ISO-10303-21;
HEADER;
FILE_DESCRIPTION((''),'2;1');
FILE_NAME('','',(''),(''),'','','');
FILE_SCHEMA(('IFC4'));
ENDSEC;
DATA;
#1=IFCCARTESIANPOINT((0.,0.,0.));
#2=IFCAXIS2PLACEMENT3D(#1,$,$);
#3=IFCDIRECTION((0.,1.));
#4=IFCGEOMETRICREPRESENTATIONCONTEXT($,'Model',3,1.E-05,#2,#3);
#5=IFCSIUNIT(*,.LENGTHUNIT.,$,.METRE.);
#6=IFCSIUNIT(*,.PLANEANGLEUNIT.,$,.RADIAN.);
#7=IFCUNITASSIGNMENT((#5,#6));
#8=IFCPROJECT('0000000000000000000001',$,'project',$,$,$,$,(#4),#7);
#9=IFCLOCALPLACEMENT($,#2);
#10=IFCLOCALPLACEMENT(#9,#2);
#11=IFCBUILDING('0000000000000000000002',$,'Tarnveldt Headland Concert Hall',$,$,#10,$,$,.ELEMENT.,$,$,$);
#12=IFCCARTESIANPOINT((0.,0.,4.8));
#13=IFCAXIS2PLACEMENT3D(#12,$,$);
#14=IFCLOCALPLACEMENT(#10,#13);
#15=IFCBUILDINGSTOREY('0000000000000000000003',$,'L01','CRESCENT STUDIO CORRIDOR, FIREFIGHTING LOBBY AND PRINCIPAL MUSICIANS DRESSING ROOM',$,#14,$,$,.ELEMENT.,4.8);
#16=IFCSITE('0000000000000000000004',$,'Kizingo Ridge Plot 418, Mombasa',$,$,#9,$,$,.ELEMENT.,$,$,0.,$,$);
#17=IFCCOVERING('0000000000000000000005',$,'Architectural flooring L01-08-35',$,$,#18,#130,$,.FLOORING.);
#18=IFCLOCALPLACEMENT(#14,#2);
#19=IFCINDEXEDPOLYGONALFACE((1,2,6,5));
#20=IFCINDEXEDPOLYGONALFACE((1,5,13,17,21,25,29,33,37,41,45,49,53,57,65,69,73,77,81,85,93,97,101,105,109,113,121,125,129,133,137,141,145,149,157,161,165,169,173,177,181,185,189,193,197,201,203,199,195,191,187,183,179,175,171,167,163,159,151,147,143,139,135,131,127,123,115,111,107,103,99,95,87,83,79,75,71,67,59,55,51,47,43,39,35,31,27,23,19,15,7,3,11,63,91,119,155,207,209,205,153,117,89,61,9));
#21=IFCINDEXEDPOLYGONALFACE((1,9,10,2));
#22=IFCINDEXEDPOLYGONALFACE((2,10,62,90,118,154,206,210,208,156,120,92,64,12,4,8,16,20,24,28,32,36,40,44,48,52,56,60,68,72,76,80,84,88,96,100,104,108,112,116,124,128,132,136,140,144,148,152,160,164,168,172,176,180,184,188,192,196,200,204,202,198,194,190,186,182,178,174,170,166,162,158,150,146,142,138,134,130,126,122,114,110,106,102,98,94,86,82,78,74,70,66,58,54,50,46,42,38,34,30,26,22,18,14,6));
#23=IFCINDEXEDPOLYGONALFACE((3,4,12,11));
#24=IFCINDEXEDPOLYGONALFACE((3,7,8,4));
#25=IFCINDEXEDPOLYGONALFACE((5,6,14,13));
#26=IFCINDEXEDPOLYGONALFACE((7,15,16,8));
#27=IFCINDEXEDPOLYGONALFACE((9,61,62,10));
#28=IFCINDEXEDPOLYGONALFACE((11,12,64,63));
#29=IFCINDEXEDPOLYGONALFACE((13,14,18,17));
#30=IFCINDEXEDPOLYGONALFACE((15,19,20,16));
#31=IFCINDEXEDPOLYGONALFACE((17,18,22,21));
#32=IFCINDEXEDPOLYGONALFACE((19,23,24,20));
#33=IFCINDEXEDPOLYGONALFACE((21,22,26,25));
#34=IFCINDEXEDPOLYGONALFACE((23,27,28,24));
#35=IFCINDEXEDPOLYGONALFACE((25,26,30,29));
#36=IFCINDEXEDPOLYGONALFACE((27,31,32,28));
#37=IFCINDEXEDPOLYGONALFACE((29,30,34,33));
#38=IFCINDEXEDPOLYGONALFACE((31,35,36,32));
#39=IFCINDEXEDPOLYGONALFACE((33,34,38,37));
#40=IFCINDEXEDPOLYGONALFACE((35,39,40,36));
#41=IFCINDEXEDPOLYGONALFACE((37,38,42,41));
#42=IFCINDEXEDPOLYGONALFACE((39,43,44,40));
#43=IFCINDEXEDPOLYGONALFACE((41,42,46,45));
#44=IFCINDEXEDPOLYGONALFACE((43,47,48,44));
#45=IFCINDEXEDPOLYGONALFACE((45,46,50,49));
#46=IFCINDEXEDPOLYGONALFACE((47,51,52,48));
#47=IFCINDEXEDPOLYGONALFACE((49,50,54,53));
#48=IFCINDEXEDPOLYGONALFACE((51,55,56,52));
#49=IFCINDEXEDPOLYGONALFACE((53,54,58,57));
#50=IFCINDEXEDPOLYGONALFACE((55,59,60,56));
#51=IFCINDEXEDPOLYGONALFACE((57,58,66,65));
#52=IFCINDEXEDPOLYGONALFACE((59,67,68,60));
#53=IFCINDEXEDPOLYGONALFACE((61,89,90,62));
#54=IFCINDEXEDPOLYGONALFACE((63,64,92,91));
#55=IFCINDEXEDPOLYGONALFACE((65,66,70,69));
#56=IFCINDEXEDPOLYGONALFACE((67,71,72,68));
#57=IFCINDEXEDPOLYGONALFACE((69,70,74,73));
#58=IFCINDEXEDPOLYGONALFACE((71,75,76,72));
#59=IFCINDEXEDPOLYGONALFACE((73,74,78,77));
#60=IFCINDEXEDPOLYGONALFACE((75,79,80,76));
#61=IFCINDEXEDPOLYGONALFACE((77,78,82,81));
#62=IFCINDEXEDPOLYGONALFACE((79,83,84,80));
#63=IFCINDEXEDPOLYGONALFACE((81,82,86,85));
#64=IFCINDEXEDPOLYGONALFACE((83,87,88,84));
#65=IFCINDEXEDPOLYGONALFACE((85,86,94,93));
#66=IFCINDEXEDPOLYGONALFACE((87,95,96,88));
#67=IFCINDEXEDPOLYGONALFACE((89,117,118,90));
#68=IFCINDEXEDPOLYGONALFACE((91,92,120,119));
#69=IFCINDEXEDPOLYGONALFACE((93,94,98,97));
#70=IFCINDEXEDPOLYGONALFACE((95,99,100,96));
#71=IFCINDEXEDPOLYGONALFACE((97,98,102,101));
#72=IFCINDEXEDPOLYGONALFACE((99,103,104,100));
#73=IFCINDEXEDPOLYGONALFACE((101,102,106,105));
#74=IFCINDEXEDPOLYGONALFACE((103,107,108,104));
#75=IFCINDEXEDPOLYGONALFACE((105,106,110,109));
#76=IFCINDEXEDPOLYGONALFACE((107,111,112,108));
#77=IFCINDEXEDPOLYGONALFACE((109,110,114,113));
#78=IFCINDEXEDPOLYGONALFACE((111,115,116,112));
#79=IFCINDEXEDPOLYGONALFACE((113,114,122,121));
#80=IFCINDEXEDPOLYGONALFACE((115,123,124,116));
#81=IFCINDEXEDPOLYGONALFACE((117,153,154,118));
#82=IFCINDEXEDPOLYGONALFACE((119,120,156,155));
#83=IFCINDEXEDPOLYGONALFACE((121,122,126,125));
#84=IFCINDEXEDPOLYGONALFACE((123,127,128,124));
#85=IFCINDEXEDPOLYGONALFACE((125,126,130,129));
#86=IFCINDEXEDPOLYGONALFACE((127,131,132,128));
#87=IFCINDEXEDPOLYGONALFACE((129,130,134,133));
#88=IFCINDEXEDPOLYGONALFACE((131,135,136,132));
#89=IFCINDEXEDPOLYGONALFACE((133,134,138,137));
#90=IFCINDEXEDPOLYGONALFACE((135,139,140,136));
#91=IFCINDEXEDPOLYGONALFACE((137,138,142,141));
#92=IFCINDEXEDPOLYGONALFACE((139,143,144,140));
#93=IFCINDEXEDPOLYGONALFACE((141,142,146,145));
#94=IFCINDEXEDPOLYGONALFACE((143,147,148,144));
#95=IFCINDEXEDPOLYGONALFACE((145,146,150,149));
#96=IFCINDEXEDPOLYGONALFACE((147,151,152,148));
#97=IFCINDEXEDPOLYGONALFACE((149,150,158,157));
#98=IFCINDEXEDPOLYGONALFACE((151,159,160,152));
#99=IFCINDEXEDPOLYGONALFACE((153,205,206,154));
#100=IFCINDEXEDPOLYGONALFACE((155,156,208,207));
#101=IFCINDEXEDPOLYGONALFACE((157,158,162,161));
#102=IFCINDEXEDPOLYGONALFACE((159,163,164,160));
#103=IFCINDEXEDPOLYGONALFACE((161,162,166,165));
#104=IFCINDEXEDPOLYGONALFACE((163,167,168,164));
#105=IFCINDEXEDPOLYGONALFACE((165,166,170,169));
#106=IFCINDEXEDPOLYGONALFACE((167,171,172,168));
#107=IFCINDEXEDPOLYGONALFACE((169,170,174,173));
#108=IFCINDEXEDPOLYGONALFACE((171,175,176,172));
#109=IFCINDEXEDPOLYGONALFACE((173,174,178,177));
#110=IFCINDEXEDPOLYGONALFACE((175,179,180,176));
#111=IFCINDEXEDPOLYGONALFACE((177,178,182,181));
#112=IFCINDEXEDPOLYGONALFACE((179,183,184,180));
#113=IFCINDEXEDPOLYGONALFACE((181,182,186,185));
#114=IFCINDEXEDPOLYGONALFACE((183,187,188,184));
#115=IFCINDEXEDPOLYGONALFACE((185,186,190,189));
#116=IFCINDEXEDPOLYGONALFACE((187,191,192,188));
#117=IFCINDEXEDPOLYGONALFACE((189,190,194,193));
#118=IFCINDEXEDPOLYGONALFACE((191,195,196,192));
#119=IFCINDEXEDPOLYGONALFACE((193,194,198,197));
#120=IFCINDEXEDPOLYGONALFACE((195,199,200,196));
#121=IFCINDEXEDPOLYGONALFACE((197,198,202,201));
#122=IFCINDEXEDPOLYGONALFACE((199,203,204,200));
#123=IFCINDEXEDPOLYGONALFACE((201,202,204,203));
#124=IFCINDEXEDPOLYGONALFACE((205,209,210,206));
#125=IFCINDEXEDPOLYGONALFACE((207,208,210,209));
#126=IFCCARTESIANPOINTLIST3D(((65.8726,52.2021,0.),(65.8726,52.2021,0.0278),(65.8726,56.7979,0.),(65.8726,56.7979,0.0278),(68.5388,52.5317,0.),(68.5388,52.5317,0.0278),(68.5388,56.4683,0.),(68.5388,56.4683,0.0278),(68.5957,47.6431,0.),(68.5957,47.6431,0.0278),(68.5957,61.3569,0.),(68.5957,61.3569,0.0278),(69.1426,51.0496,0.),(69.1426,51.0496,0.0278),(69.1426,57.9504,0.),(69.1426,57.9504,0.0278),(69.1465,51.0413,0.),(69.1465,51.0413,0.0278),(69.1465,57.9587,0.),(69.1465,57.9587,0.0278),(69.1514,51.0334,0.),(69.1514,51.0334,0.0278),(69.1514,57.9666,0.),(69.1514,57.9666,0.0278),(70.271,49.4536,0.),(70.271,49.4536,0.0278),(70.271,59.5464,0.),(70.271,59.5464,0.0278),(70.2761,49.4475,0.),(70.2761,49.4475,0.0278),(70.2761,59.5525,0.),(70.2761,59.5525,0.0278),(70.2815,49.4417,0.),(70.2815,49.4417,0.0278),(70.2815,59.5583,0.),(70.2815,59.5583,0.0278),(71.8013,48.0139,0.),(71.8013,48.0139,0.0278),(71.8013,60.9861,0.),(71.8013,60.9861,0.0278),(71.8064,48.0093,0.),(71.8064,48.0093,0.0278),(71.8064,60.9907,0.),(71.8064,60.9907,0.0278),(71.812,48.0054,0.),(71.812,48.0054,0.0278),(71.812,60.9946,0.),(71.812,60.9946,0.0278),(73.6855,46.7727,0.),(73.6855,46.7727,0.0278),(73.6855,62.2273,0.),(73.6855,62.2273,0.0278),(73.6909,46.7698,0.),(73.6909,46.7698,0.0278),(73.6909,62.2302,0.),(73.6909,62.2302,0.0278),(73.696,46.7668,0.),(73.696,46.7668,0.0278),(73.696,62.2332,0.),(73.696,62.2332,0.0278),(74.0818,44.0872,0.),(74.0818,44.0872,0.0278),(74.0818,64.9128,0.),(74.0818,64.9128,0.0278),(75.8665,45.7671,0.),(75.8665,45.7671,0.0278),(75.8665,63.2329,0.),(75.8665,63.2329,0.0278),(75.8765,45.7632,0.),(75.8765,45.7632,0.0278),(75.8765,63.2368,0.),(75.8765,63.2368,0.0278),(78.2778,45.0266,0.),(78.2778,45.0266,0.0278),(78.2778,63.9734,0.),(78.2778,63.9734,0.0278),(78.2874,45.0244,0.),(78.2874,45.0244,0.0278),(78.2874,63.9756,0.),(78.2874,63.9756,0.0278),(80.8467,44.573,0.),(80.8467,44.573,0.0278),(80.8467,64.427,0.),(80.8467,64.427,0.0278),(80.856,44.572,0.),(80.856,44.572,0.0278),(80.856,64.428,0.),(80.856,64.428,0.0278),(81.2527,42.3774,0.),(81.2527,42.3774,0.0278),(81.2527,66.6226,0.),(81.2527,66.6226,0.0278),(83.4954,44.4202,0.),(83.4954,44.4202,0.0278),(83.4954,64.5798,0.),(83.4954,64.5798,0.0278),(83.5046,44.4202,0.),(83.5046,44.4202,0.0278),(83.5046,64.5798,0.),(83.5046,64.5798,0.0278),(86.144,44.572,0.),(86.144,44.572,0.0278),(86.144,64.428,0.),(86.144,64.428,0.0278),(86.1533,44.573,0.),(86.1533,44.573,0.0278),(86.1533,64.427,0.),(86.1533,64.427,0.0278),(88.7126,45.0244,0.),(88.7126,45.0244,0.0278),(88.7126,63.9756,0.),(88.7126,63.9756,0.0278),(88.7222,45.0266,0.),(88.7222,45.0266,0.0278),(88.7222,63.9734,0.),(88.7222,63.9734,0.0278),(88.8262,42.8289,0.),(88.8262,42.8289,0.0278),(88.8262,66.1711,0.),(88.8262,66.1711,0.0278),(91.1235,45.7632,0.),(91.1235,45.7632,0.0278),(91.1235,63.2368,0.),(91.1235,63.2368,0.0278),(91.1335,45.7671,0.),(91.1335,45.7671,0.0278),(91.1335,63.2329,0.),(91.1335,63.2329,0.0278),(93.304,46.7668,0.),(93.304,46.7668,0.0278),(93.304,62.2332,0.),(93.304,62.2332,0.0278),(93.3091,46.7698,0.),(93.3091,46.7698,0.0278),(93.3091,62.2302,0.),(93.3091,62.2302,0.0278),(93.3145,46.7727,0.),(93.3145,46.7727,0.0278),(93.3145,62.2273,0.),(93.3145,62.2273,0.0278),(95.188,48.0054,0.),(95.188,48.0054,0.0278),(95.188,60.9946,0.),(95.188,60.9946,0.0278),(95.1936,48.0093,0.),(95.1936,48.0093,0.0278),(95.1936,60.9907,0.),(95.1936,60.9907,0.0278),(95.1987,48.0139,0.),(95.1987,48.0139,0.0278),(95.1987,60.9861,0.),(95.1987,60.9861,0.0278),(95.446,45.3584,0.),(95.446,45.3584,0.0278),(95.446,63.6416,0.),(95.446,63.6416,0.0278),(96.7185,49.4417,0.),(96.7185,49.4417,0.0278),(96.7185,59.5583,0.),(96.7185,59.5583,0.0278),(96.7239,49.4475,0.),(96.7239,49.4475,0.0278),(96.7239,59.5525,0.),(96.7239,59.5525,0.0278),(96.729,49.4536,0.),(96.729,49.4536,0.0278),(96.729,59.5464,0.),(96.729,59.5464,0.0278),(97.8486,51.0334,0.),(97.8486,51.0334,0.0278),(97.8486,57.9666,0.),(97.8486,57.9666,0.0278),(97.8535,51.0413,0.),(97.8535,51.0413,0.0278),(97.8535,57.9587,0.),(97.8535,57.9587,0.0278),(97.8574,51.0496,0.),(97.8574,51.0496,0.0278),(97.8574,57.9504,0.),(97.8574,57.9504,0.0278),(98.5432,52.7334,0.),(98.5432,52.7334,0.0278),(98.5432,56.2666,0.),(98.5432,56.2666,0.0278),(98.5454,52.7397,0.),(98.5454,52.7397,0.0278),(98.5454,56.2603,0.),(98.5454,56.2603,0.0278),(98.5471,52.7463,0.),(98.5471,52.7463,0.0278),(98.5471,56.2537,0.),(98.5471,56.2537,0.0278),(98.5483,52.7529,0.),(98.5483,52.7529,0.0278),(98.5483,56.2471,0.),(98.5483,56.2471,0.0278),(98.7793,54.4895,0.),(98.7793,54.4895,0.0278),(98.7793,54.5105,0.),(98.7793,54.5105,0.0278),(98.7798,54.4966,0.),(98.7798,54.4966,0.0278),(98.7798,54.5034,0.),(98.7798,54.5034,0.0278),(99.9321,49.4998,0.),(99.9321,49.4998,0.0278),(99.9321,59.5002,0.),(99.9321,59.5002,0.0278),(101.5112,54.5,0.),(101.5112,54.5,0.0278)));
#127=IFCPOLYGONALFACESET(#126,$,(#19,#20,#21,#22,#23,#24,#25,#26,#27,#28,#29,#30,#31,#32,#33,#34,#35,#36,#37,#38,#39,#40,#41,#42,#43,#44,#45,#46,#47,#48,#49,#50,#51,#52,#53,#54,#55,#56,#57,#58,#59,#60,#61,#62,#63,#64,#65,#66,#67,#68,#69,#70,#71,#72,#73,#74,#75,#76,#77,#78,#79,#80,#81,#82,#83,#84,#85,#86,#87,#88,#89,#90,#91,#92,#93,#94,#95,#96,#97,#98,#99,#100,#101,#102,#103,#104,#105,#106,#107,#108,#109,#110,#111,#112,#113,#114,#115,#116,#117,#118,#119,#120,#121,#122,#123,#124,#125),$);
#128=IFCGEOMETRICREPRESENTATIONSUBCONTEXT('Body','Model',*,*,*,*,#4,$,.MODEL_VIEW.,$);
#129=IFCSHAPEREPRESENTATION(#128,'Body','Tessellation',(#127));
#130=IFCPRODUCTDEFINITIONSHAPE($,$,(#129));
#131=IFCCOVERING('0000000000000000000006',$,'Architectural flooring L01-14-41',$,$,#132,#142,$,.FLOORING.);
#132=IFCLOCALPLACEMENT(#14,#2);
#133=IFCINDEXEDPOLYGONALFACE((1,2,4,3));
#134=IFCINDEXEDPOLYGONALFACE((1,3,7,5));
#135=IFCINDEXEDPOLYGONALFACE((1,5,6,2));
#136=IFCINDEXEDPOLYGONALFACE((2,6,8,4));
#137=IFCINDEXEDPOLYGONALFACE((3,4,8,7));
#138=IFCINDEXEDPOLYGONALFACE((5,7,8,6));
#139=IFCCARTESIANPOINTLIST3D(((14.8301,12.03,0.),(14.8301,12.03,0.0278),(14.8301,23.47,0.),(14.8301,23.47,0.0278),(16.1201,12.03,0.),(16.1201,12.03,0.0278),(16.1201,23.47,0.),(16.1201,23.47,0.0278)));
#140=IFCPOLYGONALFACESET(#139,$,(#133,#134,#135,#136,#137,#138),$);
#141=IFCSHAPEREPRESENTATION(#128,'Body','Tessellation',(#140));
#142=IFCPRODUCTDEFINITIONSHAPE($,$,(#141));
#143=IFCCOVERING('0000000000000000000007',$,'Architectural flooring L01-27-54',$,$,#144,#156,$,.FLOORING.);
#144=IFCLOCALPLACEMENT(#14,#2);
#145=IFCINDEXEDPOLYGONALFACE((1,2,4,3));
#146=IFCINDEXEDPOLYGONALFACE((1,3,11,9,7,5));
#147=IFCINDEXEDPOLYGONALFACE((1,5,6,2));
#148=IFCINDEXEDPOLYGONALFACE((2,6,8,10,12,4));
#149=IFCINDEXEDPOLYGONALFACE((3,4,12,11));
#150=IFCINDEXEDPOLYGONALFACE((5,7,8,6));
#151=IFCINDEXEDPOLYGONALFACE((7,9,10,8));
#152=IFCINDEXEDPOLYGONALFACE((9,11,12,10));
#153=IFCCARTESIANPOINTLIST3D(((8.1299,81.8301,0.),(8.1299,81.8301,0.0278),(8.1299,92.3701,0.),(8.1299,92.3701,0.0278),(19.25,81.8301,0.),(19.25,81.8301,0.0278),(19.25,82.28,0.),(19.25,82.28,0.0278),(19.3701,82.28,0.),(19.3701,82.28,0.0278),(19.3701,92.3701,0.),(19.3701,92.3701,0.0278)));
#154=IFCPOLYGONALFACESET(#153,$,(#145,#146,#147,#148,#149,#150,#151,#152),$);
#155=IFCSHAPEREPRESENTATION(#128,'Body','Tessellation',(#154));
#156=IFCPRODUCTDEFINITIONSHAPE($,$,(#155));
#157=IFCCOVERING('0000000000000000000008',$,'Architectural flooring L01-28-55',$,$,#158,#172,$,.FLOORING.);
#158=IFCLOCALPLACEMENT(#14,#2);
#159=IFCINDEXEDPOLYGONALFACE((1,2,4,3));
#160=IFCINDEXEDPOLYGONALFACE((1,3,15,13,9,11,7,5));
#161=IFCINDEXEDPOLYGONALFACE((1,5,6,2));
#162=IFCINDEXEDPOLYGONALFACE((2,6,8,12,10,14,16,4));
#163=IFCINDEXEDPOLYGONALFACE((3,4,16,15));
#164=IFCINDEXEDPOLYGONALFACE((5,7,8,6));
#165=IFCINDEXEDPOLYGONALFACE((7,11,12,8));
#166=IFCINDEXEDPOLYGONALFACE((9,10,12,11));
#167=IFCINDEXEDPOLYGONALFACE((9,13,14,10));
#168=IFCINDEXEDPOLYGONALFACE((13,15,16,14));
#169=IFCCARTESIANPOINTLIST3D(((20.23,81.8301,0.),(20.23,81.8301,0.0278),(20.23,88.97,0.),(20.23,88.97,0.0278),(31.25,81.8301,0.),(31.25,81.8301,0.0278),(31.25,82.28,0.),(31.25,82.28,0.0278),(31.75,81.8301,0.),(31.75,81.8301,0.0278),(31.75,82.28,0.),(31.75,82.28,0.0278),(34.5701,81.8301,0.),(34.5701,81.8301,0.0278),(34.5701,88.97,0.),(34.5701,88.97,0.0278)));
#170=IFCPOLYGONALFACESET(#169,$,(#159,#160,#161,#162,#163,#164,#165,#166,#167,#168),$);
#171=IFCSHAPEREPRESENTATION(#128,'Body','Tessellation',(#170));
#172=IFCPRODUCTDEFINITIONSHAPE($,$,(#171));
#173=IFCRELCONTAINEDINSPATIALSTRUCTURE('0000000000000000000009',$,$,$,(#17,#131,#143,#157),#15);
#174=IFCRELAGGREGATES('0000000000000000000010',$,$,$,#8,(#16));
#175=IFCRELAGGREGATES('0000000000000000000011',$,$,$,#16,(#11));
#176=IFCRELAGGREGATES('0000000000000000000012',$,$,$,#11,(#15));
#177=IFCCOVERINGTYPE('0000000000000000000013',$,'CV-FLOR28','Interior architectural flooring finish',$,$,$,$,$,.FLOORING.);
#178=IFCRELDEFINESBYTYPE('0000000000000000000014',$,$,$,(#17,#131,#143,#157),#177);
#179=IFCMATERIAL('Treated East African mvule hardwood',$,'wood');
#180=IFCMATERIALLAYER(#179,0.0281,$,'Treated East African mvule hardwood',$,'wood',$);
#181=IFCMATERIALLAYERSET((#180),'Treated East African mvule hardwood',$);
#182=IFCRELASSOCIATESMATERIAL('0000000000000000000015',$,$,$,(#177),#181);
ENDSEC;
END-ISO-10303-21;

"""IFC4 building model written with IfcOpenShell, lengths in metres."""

from ifc_helpers import new_model, si_unit, direction, frame, origin, place, context, subcontext, project, spatial, polyline, outline, extrude, material, layer, layer_set, type_object, element, save


model = new_model("IFC4")

# Units and contexts
model_context = context("Model", 3, precision=1e-05, world=origin(), true_north=direction((0.0, 1.0)))
body_context = subcontext(model_context, "Body", "Model", "MODEL_VIEW")
ifc_project = project(units=[si_unit("LENGTHUNIT", "METRE"), si_unit("PLANEANGLEUNIT", "RADIAN")], contexts=[model_context])

# Site, building, storey
site_placement = place(None, origin())
site = spatial("IfcSite", under=ifc_project, at=site_placement, Name="Kizingo Ridge Plot 418, Mombasa", CompositionType="ELEMENT", RefElevation=0.0)
building_placement = place(site_placement, origin())
building = spatial("IfcBuilding", under=site, at=building_placement, Name="Tarnveldt Headland Concert Hall", CompositionType="ELEMENT")
storey_placement = place(building_placement, frame((0.0, 0.0, 4.8)))
storey = spatial("IfcBuildingStorey", under=building, at=storey_placement, Name="L01", Description="CRESCENT STUDIO CORRIDOR, FIREFIGHTING LOBBY AND PRINCIPAL MUSICIANS DRESSING ROOM", CompositionType="ELEMENT", Elevation=4.8)

# Coverings
ifc_material_1 = material(Name="Treated East African mvule hardwood", Category="wood")
ifc_layer_1 = layer(ifc_material_1, 0.0281, Name="Treated East African mvule hardwood", Category="wood")
ifc_layer_set_1 = layer_set([ifc_layer_1], Name="Treated East African mvule hardwood")
covering_type_1 = type_object("IfcCoveringType", Name="CV-FLOR28", Description="Interior architectural flooring finish", PredefinedType="FLOORING", material=ifc_layer_set_1)
covering_1_placement = place(storey_placement, origin())
element("IfcCovering", 1, at=covering_1_placement, inside=storey, type_object=covering_type_1, Name="Architectural flooring L01-08-35", PredefinedType="FLOORING", context=body_context, shape_type="SweptSolid", body=[
    extrude(outline(polyline([(65.8726, 56.7979), (68.5957, 61.3569), (74.0818, 64.9128), (81.2527, 66.6226), (88.8262, 66.1711), (95.446, 63.6416), (99.9321, 59.5002), (101.5112, 54.5), (99.9321, 49.4998), (95.446, 45.3584), (88.8262, 42.8289), (81.2527, 42.3774), (74.0818, 44.0872), (68.5957, 47.6431), (65.8726, 52.2021), (68.5388, 52.5317), (69.1426, 51.0496), (69.1465, 51.0413), (69.1514, 51.0334), (70.271, 49.4536), (70.2761, 49.4475), (70.2815, 49.4417), (71.8013, 48.0139), (71.8064, 48.0093), (71.812, 48.0054), (73.6855, 46.7727), (73.6909, 46.7698), (73.696, 46.7668), (75.8665, 45.7671), (75.8765, 45.7632), (78.2778, 45.0266), (78.2874, 45.0244), (80.8467, 44.573), (80.856, 44.572), (83.4954, 44.4202), (83.5046, 44.4202), (86.144, 44.572), (86.1533, 44.573), (88.7126, 45.0244), (88.7222, 45.0266), (91.1235, 45.7632), (91.1335, 45.7671), (93.304, 46.7668), (93.3091, 46.7698), (93.3145, 46.7727), (95.188, 48.0054), (95.1936, 48.0093), (95.1987, 48.0139), (96.7185, 49.4417), (96.7239, 49.4475), (96.729, 49.4536), (97.8486, 51.0334), (97.8535, 51.0413), (97.8574, 51.0496), (98.5432, 52.7334), (98.5454, 52.7397), (98.5471, 52.7463), (98.5483, 52.7529), (98.7793, 54.4895), (98.7798, 54.4966), (98.7798, 54.5034), (98.7793, 54.5105), (98.5483, 56.2471), (98.5471, 56.2537), (98.5454, 56.2603), (98.5432, 56.2666), (97.8574, 57.9504), (97.8535, 57.9587), (97.8486, 57.9666), (96.729, 59.5464), (96.7239, 59.5525), (96.7185, 59.5583), (95.1987, 60.9861), (95.1936, 60.9907), (95.188, 60.9946), (93.3145, 62.2273), (93.3091, 62.2302), (93.304, 62.2332), (91.1335, 63.2329), (91.1235, 63.2368), (88.7222, 63.9734), (88.7126, 63.9756), (86.1533, 64.427), (86.144, 64.428), (83.5046, 64.5798), (83.4954, 64.5798), (80.856, 64.428), (80.8467, 64.427), (78.2874, 63.9756), (78.2778, 63.9734), (75.8765, 63.2368), (75.8665, 63.2329), (73.696, 62.2332), (73.6909, 62.2302), (73.6855, 62.2273), (71.812, 60.9946), (71.8064, 60.9907), (71.8013, 60.9861), (70.2815, 59.5583), (70.2761, 59.5525), (70.271, 59.5464), (69.1514, 57.9666), (69.1465, 57.9587), (69.1426, 57.9504), (68.5388, 56.4683), (65.8726, 56.7979)])), origin(), (0.0, 0.0, 1.0), 0.0278),
])
covering_2_placement = place(storey_placement, origin())
element("IfcCovering", 2, at=covering_2_placement, inside=storey, type_object=covering_type_1, Name="Architectural flooring L01-14-41", PredefinedType="FLOORING", context=body_context, shape_type="SweptSolid", body=[
    extrude(outline(polyline([(14.8301, 23.47), (16.1201, 23.47), (16.1201, 12.03), (14.8301, 12.03), (14.8301, 23.47)])), origin(), (0.0, 0.0, 1.0), 0.0278),
])
covering_3_placement = place(storey_placement, origin())
element("IfcCovering", 3, at=covering_3_placement, inside=storey, type_object=covering_type_1, Name="Architectural flooring L01-27-54", PredefinedType="FLOORING", context=body_context, shape_type="SweptSolid", body=[
    extrude(outline(polyline([(19.3701, 92.3701), (19.3701, 82.28), (19.25, 82.28), (19.25, 81.8301), (8.1299, 81.8301), (8.1299, 92.3701), (19.3701, 92.3701)])), origin(), (0.0, 0.0, 1.0), 0.0278),
])
covering_4_placement = place(storey_placement, origin())
element("IfcCovering", 4, at=covering_4_placement, inside=storey, type_object=covering_type_1, Name="Architectural flooring L01-28-55", PredefinedType="FLOORING", context=body_context, shape_type="SweptSolid", body=[
    extrude(outline(polyline([(34.5701, 88.97), (34.5701, 81.8301), (31.75, 81.8301), (31.75, 82.28), (31.25, 82.28), (31.25, 81.8301), (20.23, 81.8301), (20.23, 88.97), (34.5701, 88.97)])), origin(), (0.0, 0.0, 1.0), 0.0278),
])

save(model, "model.ifc")
